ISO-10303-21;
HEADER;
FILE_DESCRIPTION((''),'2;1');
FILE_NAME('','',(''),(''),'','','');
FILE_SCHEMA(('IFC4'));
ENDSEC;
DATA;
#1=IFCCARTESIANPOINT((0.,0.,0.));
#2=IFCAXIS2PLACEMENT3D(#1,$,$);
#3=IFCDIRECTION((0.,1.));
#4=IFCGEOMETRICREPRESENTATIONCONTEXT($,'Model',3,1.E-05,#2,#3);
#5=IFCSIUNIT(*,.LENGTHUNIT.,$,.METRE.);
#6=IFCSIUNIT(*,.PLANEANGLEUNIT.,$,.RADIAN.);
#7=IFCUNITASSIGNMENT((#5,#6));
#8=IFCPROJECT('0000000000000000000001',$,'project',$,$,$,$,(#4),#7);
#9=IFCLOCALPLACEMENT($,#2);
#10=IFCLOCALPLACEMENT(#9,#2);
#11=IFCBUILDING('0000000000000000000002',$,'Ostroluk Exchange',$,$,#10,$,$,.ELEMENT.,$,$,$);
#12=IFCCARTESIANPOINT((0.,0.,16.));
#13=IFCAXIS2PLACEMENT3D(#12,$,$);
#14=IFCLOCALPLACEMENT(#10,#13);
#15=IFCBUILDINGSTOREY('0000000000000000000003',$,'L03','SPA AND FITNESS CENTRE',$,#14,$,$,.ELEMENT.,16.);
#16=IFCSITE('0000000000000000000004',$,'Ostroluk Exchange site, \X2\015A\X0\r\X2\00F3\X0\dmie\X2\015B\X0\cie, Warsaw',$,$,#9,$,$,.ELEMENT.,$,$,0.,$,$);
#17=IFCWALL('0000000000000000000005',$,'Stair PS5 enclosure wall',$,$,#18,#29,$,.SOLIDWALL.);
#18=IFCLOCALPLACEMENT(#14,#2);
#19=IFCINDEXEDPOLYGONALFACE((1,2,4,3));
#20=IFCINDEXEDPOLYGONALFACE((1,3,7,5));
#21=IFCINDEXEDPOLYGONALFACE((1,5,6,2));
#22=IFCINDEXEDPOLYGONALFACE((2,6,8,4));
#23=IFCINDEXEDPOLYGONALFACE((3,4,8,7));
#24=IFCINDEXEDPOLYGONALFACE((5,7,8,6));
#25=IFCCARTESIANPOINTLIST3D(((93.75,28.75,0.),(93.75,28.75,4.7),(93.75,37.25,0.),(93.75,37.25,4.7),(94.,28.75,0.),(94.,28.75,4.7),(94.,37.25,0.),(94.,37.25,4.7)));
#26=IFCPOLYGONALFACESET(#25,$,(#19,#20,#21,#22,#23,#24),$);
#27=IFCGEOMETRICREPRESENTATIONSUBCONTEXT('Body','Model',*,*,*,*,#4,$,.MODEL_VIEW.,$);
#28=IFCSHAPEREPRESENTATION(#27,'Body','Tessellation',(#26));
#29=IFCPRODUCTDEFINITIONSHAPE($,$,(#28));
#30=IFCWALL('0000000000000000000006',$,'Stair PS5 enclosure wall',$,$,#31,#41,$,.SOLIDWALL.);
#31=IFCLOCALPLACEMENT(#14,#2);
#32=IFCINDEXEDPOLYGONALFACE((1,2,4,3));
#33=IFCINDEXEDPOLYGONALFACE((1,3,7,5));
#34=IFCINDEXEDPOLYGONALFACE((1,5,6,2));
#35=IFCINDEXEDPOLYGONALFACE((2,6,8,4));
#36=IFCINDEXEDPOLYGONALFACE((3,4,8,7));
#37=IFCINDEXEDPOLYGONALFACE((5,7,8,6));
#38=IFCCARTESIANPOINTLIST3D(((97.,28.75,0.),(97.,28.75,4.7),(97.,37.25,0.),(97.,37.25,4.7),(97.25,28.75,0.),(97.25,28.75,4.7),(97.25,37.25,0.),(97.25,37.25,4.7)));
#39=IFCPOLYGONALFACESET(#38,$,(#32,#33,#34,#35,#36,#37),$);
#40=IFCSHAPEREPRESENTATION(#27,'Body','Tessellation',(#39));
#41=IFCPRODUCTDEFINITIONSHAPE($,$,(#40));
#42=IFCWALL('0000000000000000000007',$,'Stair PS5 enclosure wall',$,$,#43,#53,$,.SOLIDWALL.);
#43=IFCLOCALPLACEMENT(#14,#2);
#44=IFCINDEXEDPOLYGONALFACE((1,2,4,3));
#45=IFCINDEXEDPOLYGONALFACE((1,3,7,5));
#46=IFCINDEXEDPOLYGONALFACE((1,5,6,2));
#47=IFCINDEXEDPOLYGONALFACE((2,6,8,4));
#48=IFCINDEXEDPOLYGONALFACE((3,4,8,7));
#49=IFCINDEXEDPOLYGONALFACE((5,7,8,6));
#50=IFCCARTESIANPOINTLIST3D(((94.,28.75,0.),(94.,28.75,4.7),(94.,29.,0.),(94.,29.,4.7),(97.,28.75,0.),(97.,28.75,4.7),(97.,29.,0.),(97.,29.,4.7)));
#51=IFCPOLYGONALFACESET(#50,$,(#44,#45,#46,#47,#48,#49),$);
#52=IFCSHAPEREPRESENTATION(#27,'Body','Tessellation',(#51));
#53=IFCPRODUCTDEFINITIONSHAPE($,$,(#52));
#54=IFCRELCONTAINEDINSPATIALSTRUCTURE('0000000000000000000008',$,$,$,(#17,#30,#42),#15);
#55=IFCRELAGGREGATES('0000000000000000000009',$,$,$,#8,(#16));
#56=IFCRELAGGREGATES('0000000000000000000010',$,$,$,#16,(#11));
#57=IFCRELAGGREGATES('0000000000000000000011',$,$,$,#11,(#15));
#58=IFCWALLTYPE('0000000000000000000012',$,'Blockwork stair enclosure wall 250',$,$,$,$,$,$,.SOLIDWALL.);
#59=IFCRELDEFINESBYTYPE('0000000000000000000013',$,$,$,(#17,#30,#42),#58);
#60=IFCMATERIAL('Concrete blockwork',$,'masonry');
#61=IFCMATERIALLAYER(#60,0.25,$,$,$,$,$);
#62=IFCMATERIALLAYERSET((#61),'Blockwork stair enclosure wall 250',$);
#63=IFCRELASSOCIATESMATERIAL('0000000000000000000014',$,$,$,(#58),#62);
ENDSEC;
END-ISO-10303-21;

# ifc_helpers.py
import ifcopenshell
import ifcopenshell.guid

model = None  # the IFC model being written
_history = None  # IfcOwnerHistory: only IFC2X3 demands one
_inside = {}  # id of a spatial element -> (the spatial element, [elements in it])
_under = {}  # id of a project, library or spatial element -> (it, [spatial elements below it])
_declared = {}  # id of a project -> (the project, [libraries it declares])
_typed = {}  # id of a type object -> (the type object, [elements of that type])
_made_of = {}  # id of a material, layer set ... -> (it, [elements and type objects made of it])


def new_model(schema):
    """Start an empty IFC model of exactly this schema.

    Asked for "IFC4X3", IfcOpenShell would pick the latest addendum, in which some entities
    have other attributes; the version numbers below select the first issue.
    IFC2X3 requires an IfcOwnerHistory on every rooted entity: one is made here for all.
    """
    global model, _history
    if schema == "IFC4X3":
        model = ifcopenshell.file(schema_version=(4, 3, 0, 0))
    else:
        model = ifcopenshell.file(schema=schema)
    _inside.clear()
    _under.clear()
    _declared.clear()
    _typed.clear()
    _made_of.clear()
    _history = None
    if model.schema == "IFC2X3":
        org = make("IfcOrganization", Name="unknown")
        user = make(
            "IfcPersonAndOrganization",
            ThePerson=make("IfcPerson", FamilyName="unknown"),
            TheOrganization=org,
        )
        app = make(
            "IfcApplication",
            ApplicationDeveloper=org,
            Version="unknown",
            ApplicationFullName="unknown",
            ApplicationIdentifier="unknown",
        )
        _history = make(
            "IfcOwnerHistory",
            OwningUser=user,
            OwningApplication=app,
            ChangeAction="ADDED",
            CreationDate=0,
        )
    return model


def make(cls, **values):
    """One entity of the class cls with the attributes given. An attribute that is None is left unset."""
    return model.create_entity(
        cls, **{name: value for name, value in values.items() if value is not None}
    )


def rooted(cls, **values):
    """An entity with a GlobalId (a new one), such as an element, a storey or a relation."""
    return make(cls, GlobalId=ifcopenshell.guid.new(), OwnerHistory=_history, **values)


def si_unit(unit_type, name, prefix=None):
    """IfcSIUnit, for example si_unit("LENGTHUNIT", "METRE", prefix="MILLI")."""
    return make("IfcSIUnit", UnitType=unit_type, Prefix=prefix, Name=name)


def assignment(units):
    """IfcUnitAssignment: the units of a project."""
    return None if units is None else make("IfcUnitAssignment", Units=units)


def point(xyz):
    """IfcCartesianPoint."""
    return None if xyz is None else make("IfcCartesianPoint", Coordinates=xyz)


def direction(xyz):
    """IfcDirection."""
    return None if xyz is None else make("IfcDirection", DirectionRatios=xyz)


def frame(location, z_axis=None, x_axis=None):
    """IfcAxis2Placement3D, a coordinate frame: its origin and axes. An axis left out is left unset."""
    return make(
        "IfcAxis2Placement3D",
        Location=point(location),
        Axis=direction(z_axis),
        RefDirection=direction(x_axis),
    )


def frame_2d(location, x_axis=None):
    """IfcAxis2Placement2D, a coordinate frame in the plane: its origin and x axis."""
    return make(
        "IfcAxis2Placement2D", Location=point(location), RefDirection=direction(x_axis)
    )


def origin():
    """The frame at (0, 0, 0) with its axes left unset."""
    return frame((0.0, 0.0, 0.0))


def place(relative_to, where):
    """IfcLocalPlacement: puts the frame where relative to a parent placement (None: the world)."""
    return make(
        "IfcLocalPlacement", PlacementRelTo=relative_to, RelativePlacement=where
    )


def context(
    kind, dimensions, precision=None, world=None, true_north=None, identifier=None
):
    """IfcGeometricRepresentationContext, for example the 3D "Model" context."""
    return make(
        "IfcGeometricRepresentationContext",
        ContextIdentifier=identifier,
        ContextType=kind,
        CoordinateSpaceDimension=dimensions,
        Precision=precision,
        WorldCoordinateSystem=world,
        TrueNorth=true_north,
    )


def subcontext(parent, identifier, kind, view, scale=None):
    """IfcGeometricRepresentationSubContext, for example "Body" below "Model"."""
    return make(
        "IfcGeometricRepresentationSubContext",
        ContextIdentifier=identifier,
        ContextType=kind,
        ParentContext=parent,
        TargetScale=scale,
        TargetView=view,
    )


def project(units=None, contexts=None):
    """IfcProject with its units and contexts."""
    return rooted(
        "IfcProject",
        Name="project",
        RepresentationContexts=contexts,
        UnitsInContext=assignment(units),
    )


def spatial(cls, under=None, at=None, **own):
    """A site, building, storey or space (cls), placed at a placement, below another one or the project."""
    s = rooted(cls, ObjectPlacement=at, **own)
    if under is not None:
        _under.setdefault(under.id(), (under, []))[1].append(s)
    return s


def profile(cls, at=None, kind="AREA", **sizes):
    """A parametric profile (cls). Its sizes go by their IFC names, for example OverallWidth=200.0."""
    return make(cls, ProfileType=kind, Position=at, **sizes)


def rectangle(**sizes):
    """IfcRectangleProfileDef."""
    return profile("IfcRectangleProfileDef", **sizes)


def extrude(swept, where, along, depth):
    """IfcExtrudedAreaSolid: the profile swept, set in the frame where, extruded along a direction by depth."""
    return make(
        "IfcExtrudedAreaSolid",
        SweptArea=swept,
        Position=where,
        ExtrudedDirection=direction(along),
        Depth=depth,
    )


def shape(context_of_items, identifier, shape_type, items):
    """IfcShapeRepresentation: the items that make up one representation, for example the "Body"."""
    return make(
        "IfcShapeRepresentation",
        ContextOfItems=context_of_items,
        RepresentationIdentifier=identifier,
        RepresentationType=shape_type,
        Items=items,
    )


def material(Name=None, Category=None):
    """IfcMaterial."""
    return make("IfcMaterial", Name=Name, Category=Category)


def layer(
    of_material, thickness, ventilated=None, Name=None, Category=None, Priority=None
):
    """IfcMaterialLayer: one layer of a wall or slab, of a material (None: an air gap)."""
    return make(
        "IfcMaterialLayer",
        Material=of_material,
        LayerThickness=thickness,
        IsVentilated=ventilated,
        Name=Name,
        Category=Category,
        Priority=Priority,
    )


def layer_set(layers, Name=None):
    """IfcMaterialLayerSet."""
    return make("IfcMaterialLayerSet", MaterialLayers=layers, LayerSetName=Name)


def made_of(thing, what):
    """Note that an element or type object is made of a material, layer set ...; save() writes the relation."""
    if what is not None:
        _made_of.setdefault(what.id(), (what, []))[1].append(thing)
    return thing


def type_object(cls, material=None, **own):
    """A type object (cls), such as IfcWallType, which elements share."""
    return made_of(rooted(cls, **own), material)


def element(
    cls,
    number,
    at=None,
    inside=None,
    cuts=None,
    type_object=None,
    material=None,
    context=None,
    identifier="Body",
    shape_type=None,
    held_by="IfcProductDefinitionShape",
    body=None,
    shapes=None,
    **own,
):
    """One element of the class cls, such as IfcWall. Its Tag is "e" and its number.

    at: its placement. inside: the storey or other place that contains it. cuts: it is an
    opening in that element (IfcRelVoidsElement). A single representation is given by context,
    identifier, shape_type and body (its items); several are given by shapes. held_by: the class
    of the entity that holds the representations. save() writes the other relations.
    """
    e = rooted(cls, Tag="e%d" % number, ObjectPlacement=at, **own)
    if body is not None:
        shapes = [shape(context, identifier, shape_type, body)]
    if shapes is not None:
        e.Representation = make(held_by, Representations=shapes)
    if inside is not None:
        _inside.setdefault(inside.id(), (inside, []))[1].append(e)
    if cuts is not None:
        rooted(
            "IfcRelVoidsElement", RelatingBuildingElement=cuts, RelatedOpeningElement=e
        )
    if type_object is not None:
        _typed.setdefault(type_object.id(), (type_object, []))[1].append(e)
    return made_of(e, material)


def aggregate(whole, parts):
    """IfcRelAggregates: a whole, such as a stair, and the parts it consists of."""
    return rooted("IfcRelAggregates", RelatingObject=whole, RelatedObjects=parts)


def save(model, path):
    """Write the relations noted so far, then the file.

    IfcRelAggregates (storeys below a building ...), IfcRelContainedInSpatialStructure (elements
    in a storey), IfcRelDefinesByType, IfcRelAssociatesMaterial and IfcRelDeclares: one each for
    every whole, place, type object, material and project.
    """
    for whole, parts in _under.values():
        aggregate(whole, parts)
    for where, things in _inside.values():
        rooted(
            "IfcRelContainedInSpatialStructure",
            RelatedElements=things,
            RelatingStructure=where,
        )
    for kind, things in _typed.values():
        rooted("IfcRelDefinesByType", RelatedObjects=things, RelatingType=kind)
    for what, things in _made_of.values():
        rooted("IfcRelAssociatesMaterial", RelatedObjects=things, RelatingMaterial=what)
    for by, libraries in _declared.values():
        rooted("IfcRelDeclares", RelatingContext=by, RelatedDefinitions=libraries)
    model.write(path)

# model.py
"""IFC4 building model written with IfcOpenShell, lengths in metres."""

from ifc_helpers import new_model, si_unit, direction, frame, frame_2d, origin, place, context, subcontext, project, spatial, rectangle, extrude, material, layer, layer_set, type_object, element, save


model = new_model("IFC4")

# Units and contexts
model_context = context("Model", 3, precision=1e-05, world=origin(), true_north=direction((0.0, 1.0)))
body_context = subcontext(model_context, "Body", "Model", "MODEL_VIEW")
ifc_project = project(units=[si_unit("LENGTHUNIT", "METRE"), si_unit("PLANEANGLEUNIT", "RADIAN")], contexts=[model_context])

# Site, building, storey
site_placement = place(None, origin())
site = spatial("IfcSite", under=ifc_project, at=site_placement, Name="Ostroluk Exchange site, Śródmieście, Warsaw", CompositionType="ELEMENT", RefElevation=0.0)
building_placement = place(site_placement, origin())
building = spatial("IfcBuilding", under=site, at=building_placement, Name="Ostroluk Exchange", CompositionType="ELEMENT")
storey_placement = place(building_placement, frame((0.0, 0.0, 16.0)))
storey = spatial("IfcBuildingStorey", under=building, at=storey_placement, Name="L03", Description="SPA AND FITNESS CENTRE", CompositionType="ELEMENT", Elevation=16.0)

# Walls
ifc_material = material(Name="Concrete blockwork", Category="masonry")
ifc_layer = layer(ifc_material, 0.25)
ifc_layer_set = layer_set([ifc_layer], Name="Blockwork stair enclosure wall 250")
wall_type = type_object("IfcWallType", Name="Blockwork stair enclosure wall 250", PredefinedType="SOLIDWALL", material=ifc_layer_set)
for number, where, z_axis, x_axis, name in (
    (1, (93.875, 28.75, 0.0), (0.0, 0.0, 1.0), (0.0, 1.0, 0.0), "Stair PS5 enclosure wall"),
    (2, (97.125, 28.75, 0.0), (0.0, 0.0, 1.0), (0.0, 1.0, 0.0), "Stair PS5 enclosure wall"),
):
    element("IfcWall", number, at=place(storey_placement, frame(where, z_axis=z_axis, x_axis=x_axis)), inside=storey, type_object=wall_type, Name=name, PredefinedType="SOLIDWALL", context=body_context, shape_type="SweptSolid", body=[
        extrude(rectangle(XDim=8.5, YDim=0.25, at=frame_2d((4.25, 0.0))), origin(), (0.0, 0.0, 1.0), 4.7),
    ])
wall_placement = place(storey_placement, frame((94.0, 28.875, 0.0), z_axis=(0.0, 0.0, 1.0), x_axis=(1.0, 0.0, 0.0)))
element("IfcWall", 3, at=wall_placement, inside=storey, type_object=wall_type, Name="Stair PS5 enclosure wall", PredefinedType="SOLIDWALL", context=body_context, shape_type="SweptSolid", body=[
    extrude(rectangle(XDim=3.0, YDim=0.25, at=frame_2d((1.5, 0.0))), origin(), (0.0, 0.0, 1.0), 4.7),
])

save(model, "model.ifc")
